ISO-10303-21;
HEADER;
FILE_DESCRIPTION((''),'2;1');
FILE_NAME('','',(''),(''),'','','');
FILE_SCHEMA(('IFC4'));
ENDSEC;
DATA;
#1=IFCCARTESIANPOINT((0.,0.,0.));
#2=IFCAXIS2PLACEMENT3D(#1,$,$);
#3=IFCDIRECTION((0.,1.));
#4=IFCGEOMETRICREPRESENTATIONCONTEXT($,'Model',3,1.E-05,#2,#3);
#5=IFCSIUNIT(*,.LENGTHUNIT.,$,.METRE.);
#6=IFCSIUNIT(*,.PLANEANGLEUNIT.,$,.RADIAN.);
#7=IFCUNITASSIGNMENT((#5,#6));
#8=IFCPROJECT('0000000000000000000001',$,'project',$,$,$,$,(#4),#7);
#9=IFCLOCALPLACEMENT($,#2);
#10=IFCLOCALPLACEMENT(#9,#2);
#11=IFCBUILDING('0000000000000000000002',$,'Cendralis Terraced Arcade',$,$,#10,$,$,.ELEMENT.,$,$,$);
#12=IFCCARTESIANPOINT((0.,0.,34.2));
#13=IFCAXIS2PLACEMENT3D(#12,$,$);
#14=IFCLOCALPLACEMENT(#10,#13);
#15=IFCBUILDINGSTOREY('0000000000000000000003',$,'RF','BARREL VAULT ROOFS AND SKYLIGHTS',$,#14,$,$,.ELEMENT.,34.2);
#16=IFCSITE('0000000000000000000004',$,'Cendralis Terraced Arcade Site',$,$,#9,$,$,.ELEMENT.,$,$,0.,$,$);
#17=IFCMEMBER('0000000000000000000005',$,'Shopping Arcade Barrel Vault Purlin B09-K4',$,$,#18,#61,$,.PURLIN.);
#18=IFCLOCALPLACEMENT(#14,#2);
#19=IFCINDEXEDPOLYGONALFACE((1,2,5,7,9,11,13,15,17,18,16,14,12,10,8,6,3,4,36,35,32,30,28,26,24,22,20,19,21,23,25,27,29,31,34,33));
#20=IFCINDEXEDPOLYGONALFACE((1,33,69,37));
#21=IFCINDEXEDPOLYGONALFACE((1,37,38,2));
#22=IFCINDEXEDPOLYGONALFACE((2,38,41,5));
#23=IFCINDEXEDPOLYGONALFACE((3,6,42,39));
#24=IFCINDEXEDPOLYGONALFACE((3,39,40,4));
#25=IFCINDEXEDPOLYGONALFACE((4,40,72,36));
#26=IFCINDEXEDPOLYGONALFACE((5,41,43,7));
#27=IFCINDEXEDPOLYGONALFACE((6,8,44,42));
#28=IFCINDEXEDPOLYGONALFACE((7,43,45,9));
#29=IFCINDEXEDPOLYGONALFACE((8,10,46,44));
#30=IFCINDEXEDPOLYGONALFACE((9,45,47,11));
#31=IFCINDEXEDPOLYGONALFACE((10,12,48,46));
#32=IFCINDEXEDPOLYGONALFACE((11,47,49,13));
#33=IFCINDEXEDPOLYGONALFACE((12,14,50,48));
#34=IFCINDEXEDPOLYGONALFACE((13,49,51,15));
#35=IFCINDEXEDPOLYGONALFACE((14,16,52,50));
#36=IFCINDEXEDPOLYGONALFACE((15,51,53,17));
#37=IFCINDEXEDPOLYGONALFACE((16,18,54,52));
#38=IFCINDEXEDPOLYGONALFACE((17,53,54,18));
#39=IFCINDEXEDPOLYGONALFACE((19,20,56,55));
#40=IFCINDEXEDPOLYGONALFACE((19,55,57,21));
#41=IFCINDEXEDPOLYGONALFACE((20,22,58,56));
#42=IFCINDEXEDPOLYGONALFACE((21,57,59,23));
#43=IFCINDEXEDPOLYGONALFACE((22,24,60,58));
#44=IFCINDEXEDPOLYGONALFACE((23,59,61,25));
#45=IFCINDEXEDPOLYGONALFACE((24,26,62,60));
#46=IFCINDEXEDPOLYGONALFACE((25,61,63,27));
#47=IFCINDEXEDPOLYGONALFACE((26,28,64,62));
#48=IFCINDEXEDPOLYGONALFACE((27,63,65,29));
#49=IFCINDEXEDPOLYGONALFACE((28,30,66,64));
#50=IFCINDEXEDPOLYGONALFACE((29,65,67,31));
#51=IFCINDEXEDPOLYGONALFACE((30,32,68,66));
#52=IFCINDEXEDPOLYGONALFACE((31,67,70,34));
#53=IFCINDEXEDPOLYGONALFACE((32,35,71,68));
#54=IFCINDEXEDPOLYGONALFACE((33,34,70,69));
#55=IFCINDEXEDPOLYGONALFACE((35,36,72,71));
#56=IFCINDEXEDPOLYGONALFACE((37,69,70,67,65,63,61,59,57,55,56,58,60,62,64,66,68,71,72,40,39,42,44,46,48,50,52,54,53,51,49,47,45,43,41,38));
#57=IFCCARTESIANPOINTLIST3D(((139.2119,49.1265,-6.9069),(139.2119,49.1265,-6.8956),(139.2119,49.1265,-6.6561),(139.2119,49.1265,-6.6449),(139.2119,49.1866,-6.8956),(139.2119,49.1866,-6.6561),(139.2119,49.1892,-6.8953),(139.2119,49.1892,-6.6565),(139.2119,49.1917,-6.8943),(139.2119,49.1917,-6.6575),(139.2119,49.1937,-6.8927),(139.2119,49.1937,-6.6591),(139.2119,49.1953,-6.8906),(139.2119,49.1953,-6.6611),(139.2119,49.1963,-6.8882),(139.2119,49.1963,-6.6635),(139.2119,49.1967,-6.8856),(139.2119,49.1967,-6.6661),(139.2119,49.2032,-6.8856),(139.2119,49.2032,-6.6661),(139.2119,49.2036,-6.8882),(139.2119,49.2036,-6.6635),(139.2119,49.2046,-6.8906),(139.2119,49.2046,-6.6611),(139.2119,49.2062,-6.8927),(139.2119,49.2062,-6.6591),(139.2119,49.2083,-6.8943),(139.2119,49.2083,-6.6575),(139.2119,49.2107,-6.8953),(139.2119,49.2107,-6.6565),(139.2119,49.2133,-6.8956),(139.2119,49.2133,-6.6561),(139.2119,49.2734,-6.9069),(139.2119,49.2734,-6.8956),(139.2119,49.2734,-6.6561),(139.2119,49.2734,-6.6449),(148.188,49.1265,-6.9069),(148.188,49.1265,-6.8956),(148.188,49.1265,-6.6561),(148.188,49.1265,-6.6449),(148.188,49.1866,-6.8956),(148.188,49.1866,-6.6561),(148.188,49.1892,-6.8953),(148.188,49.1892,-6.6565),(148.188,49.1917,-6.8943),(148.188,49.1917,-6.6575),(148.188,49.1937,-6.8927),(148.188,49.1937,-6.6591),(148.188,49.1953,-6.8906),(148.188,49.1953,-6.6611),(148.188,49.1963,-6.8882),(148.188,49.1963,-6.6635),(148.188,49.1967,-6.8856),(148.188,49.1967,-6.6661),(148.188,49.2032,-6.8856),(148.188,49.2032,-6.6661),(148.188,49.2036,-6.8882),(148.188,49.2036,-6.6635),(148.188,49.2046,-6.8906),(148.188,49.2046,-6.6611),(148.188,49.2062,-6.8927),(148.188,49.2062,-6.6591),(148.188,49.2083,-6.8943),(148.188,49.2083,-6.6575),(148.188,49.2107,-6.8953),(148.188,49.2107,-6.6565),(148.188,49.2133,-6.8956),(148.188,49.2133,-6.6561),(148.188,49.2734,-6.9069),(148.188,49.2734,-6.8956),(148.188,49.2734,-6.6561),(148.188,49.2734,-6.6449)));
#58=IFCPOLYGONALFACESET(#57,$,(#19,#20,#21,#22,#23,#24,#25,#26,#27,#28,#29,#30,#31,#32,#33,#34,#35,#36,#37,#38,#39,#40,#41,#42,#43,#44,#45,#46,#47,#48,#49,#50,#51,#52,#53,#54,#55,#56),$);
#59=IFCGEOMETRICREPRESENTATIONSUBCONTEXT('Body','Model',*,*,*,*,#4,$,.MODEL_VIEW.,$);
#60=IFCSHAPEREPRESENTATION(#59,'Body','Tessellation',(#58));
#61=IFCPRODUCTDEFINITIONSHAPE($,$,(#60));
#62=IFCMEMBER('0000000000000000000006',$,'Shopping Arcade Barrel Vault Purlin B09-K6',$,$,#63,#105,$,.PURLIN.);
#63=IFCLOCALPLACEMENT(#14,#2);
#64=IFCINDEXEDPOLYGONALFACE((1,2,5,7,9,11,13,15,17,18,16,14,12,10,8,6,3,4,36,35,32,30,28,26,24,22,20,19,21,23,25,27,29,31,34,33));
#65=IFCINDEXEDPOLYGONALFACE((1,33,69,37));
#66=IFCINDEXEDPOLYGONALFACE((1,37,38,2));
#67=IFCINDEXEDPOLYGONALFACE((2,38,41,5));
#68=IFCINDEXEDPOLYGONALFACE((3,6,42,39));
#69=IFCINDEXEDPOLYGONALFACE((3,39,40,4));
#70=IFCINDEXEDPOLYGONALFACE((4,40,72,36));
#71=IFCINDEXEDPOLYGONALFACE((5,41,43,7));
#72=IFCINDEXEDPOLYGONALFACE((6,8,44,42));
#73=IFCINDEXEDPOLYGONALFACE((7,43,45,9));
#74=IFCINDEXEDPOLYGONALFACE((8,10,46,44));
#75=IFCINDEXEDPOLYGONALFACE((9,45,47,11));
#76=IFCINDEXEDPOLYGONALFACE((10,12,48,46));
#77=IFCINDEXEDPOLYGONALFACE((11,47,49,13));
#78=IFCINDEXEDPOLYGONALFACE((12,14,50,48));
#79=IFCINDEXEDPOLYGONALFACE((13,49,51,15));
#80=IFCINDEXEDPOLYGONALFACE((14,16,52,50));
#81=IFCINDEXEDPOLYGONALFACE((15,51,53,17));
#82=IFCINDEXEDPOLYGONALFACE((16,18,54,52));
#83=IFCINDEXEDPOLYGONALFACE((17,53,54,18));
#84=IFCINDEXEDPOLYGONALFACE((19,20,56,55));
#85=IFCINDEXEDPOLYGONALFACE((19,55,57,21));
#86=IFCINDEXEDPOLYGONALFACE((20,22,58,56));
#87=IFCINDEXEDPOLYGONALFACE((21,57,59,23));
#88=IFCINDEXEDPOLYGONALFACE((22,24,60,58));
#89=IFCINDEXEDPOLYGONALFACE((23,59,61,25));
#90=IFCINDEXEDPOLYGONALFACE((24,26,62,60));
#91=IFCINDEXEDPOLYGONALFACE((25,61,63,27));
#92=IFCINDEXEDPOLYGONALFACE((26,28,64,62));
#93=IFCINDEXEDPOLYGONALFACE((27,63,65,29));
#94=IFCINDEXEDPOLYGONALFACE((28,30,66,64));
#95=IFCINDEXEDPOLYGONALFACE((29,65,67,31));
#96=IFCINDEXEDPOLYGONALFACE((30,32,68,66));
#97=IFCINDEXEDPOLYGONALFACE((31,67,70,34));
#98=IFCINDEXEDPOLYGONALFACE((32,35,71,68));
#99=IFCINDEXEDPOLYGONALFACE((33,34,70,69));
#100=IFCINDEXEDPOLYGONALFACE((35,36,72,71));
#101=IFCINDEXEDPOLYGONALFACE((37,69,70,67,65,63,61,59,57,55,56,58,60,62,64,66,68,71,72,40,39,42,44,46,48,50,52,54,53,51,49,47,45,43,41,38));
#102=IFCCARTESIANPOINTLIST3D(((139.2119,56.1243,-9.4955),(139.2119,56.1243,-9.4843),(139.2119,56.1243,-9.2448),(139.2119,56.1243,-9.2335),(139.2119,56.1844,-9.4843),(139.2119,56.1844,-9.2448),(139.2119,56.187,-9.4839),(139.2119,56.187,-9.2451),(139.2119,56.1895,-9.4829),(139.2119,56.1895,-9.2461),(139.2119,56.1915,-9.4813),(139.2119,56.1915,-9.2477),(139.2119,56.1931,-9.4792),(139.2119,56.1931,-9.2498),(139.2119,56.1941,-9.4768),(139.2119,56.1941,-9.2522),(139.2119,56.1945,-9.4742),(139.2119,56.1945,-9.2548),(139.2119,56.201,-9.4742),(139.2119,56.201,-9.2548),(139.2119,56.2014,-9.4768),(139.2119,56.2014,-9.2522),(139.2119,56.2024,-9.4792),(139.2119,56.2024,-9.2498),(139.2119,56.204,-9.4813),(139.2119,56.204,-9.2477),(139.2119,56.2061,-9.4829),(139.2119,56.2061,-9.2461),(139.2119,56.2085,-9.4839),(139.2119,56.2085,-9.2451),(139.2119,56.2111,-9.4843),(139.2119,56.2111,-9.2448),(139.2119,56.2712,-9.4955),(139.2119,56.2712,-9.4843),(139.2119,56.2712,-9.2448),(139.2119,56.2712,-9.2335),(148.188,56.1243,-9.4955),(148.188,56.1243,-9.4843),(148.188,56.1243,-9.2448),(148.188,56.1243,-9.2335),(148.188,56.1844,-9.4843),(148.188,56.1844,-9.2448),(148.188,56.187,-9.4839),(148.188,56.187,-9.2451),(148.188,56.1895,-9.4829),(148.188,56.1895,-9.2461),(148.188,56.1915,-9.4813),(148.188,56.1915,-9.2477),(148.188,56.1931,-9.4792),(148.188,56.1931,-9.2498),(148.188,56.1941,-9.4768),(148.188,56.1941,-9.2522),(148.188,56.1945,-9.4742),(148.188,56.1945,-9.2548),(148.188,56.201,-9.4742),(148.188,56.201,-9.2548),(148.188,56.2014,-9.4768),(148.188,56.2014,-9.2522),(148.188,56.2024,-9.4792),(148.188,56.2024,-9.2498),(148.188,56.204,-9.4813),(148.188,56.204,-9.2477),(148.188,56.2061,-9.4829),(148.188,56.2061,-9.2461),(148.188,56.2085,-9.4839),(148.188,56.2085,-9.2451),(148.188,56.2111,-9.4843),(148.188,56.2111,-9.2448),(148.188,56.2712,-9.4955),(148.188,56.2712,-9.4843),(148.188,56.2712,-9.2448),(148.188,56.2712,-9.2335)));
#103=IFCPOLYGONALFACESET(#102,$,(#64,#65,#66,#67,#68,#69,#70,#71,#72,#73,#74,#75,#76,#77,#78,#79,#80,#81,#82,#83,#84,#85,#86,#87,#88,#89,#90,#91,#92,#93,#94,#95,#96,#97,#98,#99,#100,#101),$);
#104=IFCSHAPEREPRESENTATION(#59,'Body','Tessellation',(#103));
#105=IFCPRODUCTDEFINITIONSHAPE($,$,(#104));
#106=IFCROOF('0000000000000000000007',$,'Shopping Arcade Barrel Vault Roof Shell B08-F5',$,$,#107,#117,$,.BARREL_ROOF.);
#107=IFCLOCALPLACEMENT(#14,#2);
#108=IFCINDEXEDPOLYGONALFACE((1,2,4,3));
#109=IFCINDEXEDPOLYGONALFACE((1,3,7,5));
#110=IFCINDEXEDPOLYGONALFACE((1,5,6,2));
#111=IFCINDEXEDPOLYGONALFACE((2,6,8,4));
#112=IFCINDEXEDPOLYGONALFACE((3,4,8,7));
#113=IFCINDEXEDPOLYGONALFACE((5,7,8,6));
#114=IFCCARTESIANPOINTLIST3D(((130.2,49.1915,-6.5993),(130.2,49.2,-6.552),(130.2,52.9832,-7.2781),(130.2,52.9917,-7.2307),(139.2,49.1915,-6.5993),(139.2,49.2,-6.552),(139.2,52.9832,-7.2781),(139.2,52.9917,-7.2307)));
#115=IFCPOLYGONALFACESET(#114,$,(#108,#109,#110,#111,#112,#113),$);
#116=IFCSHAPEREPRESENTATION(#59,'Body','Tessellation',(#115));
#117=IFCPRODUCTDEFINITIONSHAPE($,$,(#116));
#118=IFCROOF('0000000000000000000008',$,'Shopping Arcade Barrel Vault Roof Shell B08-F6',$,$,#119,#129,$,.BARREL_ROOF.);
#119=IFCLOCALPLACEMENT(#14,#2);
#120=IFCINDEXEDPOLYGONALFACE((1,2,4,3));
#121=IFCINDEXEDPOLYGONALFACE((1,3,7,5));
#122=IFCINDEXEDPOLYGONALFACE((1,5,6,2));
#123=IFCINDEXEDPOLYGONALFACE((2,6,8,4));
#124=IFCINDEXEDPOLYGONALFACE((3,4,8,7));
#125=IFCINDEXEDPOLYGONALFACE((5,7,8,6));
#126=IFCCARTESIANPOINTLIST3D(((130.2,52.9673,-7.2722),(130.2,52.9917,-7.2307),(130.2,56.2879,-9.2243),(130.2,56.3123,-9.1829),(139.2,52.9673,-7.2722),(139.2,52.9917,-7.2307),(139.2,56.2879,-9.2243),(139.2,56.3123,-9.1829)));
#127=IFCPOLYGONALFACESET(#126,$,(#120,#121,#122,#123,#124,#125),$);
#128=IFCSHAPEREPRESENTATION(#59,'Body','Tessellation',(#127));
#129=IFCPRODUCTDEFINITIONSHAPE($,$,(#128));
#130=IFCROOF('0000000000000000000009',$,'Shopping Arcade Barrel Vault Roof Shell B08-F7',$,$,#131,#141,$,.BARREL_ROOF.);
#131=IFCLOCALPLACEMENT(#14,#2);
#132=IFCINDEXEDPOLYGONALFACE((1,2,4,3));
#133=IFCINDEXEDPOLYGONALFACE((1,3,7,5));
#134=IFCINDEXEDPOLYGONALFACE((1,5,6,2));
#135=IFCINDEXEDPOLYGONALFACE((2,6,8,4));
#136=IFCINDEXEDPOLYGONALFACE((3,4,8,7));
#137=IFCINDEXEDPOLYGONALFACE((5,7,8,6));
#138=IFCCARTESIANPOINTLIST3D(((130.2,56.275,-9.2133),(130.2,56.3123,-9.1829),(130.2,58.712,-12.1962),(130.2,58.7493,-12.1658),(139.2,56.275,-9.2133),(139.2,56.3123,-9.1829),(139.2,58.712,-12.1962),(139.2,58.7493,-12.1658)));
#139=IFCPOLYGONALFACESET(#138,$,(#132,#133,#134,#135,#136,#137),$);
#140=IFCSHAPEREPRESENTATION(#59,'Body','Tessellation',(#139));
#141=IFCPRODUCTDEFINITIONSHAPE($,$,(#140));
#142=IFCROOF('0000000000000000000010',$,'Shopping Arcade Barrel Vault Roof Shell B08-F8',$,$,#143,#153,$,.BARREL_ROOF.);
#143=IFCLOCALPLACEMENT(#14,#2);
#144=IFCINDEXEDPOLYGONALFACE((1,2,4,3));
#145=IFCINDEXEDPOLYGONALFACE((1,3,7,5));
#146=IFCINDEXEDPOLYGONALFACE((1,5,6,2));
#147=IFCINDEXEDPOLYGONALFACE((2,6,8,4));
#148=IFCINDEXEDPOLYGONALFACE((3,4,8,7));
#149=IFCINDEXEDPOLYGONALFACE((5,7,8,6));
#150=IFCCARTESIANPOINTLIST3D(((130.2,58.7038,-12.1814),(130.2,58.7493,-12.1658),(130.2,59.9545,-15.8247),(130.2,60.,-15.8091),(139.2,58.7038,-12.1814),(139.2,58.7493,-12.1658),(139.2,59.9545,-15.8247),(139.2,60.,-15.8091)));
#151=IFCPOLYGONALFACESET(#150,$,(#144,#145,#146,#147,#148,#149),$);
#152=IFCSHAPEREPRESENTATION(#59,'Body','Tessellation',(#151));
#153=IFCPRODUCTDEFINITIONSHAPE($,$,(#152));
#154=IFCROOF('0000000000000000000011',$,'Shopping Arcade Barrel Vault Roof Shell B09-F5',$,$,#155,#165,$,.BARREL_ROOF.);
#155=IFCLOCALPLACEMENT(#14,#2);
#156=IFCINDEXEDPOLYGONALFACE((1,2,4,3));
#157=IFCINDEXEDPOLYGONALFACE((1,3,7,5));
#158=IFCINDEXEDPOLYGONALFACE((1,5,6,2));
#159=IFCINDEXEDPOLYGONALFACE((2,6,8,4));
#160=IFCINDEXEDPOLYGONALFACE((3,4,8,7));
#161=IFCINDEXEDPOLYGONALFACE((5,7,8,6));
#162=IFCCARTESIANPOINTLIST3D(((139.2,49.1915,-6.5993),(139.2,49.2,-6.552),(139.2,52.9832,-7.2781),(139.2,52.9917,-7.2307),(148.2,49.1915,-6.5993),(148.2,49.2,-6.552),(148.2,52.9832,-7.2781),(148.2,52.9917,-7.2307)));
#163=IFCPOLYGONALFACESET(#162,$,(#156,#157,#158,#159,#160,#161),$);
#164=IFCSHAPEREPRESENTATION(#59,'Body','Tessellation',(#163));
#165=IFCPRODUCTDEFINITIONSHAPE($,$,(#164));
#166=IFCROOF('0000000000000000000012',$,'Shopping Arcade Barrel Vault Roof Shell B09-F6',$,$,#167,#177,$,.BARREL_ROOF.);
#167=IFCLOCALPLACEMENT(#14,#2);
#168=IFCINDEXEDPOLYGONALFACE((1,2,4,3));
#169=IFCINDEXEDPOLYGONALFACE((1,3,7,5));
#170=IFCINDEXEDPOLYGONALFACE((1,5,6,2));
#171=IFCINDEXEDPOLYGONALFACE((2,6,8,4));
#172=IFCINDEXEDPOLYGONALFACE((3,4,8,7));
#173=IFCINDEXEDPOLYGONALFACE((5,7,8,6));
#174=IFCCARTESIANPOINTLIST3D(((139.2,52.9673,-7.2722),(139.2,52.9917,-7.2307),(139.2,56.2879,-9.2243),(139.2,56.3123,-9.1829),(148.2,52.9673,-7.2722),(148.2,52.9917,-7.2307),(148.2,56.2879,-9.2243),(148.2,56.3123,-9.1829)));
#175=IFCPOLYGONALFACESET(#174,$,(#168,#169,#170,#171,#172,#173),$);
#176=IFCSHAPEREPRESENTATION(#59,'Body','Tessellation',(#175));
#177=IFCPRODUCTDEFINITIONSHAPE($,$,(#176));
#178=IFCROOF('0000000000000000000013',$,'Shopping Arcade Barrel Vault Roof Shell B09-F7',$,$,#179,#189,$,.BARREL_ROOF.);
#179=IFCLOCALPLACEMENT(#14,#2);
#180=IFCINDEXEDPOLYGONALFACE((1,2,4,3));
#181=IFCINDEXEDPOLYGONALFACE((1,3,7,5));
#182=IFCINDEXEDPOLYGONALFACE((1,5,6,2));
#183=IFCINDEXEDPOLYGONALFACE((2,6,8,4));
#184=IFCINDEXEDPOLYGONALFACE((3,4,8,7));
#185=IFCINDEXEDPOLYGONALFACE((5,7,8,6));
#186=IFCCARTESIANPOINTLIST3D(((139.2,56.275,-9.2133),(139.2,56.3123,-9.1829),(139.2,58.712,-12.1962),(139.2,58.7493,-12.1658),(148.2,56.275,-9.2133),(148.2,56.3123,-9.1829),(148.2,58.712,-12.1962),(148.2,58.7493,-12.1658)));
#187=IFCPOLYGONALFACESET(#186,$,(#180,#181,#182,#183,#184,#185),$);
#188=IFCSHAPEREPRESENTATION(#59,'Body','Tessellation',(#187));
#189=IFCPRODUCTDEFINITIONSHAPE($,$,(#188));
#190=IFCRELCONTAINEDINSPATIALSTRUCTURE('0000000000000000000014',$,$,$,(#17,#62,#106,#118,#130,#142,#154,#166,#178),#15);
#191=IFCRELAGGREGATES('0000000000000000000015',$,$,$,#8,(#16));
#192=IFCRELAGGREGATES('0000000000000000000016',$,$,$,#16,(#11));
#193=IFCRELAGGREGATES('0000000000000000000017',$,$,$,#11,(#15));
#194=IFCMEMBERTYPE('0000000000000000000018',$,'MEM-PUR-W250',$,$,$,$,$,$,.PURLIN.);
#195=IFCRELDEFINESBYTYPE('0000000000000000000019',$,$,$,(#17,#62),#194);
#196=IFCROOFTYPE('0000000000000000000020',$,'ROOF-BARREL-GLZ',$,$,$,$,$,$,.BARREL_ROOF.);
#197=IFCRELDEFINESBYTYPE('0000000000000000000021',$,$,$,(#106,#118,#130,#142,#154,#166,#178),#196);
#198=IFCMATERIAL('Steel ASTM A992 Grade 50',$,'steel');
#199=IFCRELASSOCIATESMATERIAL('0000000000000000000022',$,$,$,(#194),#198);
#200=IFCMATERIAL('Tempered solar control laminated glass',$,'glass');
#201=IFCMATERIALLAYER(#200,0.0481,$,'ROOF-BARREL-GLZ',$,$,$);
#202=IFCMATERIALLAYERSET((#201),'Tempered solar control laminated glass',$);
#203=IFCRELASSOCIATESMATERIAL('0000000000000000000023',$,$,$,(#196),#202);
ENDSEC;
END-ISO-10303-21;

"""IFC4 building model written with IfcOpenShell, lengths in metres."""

from ifc_helpers import new_model, si_unit, direction, frame, origin, origin_2d, place, context, subcontext, project, spatial, polyline, i_section, outline, extrude, material, layer, layer_set, material_profile, profile_set, type_object, element, save


model = new_model("IFC4")

# Units and contexts
model_context = context("Model", 3, precision=1e-05, world=origin(), true_north=direction((0.0, 1.0)))
body_context = subcontext(model_context, "Body", "Model", "MODEL_VIEW")
ifc_project = project(units=[si_unit("LENGTHUNIT", "METRE"), si_unit("PLANEANGLEUNIT", "RADIAN")], contexts=[model_context])

# Site, building, storey
site_placement = place(None, origin())
site = spatial("IfcSite", under=ifc_project, at=site_placement, Name="Cendralis Terraced Arcade Site", CompositionType="ELEMENT", RefElevation=0.0)
building_placement = place(site_placement, origin())
building = spatial("IfcBuilding", under=site, at=building_placement, Name="Cendralis Terraced Arcade", CompositionType="ELEMENT")
storey_placement = place(building_placement, frame((0.0, 0.0, 34.2)))
storey = spatial("IfcBuildingStorey", under=building, at=storey_placement, Name="RF", Description="BARREL VAULT ROOFS AND SKYLIGHTS", CompositionType="ELEMENT", Elevation=34.2)

# Members
ifc_material_1 = material(Name="Steel ASTM A992 Grade 50", Category="steel")
ifc_material_profile_1 = material_profile(ifc_material_1, i_section(OverallWidth=0.147, OverallDepth=0.262, WebThickness=0.0066, FlangeThickness=0.0112, FilletRadius=0.01, at=origin_2d()), Name="W250X38.5", Category="LoadBearing")
ifc_profile_set_1 = profile_set([ifc_material_profile_1], Name="Steel ASTM A992 Grade 50")
member_type_1 = type_object("IfcMemberType", Name="MEM-PUR-W250", PredefinedType="PURLIN", material=ifc_profile_set_1)
for number, where, z_axis, x_axis, name in (
    (1, (139.2119, 49.2, -6.7759), (1.0, 0.0, 0.0), (0.0, 1.0, 0.0), "Shopping Arcade Barrel Vault Purlin B09-K4"),
    (2, (139.2119, 56.1978, -9.3645), (1.0, 0.0, 0.0), (0.0, 1.0, 0.0), "Shopping Arcade Barrel Vault Purlin B09-K6"),
):
    element("IfcMember", number, at=place(storey_placement, frame(where, z_axis=z_axis, x_axis=x_axis)), inside=storey, type_object=member_type_1, Name=name, PredefinedType="PURLIN", context=body_context, shape_type="SweptSolid", body=[
        extrude(i_section(OverallWidth=0.147, OverallDepth=0.262, WebThickness=0.0066, FlangeThickness=0.0112, FilletRadius=0.01, at=origin_2d()), origin(), (0.0, 0.0, 1.0), 8.9761),
    ])

# Roofs
ifc_material_2 = material(Name="Tempered solar control laminated glass", Category="glass")
ifc_layer = layer(ifc_material_2, 0.0481, Name="ROOF-BARREL-GLZ")
ifc_layer_set = layer_set([ifc_layer], Name="Tempered solar control laminated glass")
roof_type = type_object("IfcRoofType", Name="ROOF-BARREL-GLZ", PredefinedType="BARREL_ROOF", material=ifc_layer_set)
roof_1_placement = place(storey_placement, frame((130.2, 49.2, -6.552), z_axis=(0.0, 0.176196, 0.984355), x_axis=(1.0, 0.0, 0.0)))
element("IfcRoof", 3, at=roof_1_placement, inside=storey, type_object=roof_type, Name="Shopping Arcade Barrel Vault Roof Shell B08-F5", PredefinedType="BARREL_ROOF", context=body_context, shape_type="SweptSolid", body=[
    extrude(outline(polyline([(0.0, 0.0), (9.0, 0.0), (9.0, 3.852), (0.0, 3.852), (0.0, 0.0)])), origin(), (0.0, 0.0, -1.0), 0.0481),
])
roof_2_placement = place(storey_placement, frame((130.2, 52.9917, -7.2307), z_axis=(0.0, 0.506804, 0.862061), x_axis=(1.0, 0.0, 0.0)))
element("IfcRoof", 4, at=roof_2_placement, inside=storey, type_object=roof_type, Name="Shopping Arcade Barrel Vault Roof Shell B08-F6", PredefinedType="BARREL_ROOF", context=body_context, shape_type="SweptSolid", body=[
    extrude(outline(polyline([(0.0, 0.0), (9.0, 0.0), (9.0, 3.8519), (0.0, 3.8519), (0.0, 0.0)])), origin(), (0.0, 0.0, -1.0), 0.0481),
])
roof_3_placement = place(storey_placement, frame((130.2, 56.3123, -9.1829), z_axis=(0.0, 0.774409, 0.632685), x_axis=(1.0, 0.0, 0.0)))
element("IfcRoof", 5, at=roof_3_placement, inside=storey, type_object=roof_type, Name="Shopping Arcade Barrel Vault Roof Shell B08-F7", PredefinedType="BARREL_ROOF", context=body_context, shape_type="SweptSolid", body=[
    extrude(outline(polyline([(0.0, 0.0), (9.0, 0.0), (9.0, 3.8519), (0.0, 3.8519), (0.0, 0.0)])), origin(), (0.0, 0.0, -1.0), 0.0481),
])
roof_4_placement = place(storey_placement, frame((130.2, 58.7493, -12.1658), z_axis=(0.0, 0.945819, 0.324695), x_axis=(1.0, 0.0, 0.0)))
element("IfcRoof", 6, at=roof_4_placement, inside=storey, type_object=roof_type, Name="Shopping Arcade Barrel Vault Roof Shell B08-F8", PredefinedType="BARREL_ROOF", context=body_context, shape_type="SweptSolid", body=[
    extrude(outline(polyline([(0.0, 0.0), (9.0, 0.0), (9.0, 3.852), (0.0, 3.852), (0.0, 0.0)])), origin(), (0.0, 0.0, -1.0), 0.0481),
])
roof_5_placement = place(storey_placement, frame((139.2, 49.2, -6.552), z_axis=(0.0, 0.176196, 0.984355), x_axis=(1.0, 0.0, 0.0)))
element("IfcRoof", 7, at=roof_5_placement, inside=storey, type_object=roof_type, Name="Shopping Arcade Barrel Vault Roof Shell B09-F5", PredefinedType="BARREL_ROOF", context=body_context, shape_type="SweptSolid", body=[
    extrude(outline(polyline([(0.0, 0.0), (9.0, 0.0), (9.0, 3.852), (0.0, 3.852), (0.0, 0.0)])), origin(), (0.0, 0.0, -1.0), 0.0481),
])
roof_6_placement = place(storey_placement, frame((139.2, 52.9917, -7.2307), z_axis=(0.0, 0.506804, 0.862061), x_axis=(1.0, 0.0, 0.0)))
element("IfcRoof", 8, at=roof_6_placement, inside=storey, type_object=roof_type, Name="Shopping Arcade Barrel Vault Roof Shell B09-F6", PredefinedType="BARREL_ROOF", context=body_context, shape_type="SweptSolid", body=[
    extrude(outline(polyline([(0.0, 0.0), (9.0, 0.0), (9.0, 3.8519), (0.0, 3.8519), (0.0, 0.0)])), origin(), (0.0, 0.0, -1.0), 0.0481),
])
roof_7_placement = place(storey_placement, frame((139.2, 56.3123, -9.1829), z_axis=(0.0, 0.774409, 0.632685), x_axis=(1.0, 0.0, 0.0)))
element("IfcRoof", 9, at=roof_7_placement, inside=storey, type_object=roof_type, Name="Shopping Arcade Barrel Vault Roof Shell B09-F7", PredefinedType="BARREL_ROOF", context=body_context, shape_type="SweptSolid", body=[
    extrude(outline(polyline([(0.0, 0.0), (9.0, 0.0), (9.0, 3.8519), (0.0, 3.8519), (0.0, 0.0)])), origin(), (0.0, 0.0, -1.0), 0.0481),
])

save(model, "model.ifc")
